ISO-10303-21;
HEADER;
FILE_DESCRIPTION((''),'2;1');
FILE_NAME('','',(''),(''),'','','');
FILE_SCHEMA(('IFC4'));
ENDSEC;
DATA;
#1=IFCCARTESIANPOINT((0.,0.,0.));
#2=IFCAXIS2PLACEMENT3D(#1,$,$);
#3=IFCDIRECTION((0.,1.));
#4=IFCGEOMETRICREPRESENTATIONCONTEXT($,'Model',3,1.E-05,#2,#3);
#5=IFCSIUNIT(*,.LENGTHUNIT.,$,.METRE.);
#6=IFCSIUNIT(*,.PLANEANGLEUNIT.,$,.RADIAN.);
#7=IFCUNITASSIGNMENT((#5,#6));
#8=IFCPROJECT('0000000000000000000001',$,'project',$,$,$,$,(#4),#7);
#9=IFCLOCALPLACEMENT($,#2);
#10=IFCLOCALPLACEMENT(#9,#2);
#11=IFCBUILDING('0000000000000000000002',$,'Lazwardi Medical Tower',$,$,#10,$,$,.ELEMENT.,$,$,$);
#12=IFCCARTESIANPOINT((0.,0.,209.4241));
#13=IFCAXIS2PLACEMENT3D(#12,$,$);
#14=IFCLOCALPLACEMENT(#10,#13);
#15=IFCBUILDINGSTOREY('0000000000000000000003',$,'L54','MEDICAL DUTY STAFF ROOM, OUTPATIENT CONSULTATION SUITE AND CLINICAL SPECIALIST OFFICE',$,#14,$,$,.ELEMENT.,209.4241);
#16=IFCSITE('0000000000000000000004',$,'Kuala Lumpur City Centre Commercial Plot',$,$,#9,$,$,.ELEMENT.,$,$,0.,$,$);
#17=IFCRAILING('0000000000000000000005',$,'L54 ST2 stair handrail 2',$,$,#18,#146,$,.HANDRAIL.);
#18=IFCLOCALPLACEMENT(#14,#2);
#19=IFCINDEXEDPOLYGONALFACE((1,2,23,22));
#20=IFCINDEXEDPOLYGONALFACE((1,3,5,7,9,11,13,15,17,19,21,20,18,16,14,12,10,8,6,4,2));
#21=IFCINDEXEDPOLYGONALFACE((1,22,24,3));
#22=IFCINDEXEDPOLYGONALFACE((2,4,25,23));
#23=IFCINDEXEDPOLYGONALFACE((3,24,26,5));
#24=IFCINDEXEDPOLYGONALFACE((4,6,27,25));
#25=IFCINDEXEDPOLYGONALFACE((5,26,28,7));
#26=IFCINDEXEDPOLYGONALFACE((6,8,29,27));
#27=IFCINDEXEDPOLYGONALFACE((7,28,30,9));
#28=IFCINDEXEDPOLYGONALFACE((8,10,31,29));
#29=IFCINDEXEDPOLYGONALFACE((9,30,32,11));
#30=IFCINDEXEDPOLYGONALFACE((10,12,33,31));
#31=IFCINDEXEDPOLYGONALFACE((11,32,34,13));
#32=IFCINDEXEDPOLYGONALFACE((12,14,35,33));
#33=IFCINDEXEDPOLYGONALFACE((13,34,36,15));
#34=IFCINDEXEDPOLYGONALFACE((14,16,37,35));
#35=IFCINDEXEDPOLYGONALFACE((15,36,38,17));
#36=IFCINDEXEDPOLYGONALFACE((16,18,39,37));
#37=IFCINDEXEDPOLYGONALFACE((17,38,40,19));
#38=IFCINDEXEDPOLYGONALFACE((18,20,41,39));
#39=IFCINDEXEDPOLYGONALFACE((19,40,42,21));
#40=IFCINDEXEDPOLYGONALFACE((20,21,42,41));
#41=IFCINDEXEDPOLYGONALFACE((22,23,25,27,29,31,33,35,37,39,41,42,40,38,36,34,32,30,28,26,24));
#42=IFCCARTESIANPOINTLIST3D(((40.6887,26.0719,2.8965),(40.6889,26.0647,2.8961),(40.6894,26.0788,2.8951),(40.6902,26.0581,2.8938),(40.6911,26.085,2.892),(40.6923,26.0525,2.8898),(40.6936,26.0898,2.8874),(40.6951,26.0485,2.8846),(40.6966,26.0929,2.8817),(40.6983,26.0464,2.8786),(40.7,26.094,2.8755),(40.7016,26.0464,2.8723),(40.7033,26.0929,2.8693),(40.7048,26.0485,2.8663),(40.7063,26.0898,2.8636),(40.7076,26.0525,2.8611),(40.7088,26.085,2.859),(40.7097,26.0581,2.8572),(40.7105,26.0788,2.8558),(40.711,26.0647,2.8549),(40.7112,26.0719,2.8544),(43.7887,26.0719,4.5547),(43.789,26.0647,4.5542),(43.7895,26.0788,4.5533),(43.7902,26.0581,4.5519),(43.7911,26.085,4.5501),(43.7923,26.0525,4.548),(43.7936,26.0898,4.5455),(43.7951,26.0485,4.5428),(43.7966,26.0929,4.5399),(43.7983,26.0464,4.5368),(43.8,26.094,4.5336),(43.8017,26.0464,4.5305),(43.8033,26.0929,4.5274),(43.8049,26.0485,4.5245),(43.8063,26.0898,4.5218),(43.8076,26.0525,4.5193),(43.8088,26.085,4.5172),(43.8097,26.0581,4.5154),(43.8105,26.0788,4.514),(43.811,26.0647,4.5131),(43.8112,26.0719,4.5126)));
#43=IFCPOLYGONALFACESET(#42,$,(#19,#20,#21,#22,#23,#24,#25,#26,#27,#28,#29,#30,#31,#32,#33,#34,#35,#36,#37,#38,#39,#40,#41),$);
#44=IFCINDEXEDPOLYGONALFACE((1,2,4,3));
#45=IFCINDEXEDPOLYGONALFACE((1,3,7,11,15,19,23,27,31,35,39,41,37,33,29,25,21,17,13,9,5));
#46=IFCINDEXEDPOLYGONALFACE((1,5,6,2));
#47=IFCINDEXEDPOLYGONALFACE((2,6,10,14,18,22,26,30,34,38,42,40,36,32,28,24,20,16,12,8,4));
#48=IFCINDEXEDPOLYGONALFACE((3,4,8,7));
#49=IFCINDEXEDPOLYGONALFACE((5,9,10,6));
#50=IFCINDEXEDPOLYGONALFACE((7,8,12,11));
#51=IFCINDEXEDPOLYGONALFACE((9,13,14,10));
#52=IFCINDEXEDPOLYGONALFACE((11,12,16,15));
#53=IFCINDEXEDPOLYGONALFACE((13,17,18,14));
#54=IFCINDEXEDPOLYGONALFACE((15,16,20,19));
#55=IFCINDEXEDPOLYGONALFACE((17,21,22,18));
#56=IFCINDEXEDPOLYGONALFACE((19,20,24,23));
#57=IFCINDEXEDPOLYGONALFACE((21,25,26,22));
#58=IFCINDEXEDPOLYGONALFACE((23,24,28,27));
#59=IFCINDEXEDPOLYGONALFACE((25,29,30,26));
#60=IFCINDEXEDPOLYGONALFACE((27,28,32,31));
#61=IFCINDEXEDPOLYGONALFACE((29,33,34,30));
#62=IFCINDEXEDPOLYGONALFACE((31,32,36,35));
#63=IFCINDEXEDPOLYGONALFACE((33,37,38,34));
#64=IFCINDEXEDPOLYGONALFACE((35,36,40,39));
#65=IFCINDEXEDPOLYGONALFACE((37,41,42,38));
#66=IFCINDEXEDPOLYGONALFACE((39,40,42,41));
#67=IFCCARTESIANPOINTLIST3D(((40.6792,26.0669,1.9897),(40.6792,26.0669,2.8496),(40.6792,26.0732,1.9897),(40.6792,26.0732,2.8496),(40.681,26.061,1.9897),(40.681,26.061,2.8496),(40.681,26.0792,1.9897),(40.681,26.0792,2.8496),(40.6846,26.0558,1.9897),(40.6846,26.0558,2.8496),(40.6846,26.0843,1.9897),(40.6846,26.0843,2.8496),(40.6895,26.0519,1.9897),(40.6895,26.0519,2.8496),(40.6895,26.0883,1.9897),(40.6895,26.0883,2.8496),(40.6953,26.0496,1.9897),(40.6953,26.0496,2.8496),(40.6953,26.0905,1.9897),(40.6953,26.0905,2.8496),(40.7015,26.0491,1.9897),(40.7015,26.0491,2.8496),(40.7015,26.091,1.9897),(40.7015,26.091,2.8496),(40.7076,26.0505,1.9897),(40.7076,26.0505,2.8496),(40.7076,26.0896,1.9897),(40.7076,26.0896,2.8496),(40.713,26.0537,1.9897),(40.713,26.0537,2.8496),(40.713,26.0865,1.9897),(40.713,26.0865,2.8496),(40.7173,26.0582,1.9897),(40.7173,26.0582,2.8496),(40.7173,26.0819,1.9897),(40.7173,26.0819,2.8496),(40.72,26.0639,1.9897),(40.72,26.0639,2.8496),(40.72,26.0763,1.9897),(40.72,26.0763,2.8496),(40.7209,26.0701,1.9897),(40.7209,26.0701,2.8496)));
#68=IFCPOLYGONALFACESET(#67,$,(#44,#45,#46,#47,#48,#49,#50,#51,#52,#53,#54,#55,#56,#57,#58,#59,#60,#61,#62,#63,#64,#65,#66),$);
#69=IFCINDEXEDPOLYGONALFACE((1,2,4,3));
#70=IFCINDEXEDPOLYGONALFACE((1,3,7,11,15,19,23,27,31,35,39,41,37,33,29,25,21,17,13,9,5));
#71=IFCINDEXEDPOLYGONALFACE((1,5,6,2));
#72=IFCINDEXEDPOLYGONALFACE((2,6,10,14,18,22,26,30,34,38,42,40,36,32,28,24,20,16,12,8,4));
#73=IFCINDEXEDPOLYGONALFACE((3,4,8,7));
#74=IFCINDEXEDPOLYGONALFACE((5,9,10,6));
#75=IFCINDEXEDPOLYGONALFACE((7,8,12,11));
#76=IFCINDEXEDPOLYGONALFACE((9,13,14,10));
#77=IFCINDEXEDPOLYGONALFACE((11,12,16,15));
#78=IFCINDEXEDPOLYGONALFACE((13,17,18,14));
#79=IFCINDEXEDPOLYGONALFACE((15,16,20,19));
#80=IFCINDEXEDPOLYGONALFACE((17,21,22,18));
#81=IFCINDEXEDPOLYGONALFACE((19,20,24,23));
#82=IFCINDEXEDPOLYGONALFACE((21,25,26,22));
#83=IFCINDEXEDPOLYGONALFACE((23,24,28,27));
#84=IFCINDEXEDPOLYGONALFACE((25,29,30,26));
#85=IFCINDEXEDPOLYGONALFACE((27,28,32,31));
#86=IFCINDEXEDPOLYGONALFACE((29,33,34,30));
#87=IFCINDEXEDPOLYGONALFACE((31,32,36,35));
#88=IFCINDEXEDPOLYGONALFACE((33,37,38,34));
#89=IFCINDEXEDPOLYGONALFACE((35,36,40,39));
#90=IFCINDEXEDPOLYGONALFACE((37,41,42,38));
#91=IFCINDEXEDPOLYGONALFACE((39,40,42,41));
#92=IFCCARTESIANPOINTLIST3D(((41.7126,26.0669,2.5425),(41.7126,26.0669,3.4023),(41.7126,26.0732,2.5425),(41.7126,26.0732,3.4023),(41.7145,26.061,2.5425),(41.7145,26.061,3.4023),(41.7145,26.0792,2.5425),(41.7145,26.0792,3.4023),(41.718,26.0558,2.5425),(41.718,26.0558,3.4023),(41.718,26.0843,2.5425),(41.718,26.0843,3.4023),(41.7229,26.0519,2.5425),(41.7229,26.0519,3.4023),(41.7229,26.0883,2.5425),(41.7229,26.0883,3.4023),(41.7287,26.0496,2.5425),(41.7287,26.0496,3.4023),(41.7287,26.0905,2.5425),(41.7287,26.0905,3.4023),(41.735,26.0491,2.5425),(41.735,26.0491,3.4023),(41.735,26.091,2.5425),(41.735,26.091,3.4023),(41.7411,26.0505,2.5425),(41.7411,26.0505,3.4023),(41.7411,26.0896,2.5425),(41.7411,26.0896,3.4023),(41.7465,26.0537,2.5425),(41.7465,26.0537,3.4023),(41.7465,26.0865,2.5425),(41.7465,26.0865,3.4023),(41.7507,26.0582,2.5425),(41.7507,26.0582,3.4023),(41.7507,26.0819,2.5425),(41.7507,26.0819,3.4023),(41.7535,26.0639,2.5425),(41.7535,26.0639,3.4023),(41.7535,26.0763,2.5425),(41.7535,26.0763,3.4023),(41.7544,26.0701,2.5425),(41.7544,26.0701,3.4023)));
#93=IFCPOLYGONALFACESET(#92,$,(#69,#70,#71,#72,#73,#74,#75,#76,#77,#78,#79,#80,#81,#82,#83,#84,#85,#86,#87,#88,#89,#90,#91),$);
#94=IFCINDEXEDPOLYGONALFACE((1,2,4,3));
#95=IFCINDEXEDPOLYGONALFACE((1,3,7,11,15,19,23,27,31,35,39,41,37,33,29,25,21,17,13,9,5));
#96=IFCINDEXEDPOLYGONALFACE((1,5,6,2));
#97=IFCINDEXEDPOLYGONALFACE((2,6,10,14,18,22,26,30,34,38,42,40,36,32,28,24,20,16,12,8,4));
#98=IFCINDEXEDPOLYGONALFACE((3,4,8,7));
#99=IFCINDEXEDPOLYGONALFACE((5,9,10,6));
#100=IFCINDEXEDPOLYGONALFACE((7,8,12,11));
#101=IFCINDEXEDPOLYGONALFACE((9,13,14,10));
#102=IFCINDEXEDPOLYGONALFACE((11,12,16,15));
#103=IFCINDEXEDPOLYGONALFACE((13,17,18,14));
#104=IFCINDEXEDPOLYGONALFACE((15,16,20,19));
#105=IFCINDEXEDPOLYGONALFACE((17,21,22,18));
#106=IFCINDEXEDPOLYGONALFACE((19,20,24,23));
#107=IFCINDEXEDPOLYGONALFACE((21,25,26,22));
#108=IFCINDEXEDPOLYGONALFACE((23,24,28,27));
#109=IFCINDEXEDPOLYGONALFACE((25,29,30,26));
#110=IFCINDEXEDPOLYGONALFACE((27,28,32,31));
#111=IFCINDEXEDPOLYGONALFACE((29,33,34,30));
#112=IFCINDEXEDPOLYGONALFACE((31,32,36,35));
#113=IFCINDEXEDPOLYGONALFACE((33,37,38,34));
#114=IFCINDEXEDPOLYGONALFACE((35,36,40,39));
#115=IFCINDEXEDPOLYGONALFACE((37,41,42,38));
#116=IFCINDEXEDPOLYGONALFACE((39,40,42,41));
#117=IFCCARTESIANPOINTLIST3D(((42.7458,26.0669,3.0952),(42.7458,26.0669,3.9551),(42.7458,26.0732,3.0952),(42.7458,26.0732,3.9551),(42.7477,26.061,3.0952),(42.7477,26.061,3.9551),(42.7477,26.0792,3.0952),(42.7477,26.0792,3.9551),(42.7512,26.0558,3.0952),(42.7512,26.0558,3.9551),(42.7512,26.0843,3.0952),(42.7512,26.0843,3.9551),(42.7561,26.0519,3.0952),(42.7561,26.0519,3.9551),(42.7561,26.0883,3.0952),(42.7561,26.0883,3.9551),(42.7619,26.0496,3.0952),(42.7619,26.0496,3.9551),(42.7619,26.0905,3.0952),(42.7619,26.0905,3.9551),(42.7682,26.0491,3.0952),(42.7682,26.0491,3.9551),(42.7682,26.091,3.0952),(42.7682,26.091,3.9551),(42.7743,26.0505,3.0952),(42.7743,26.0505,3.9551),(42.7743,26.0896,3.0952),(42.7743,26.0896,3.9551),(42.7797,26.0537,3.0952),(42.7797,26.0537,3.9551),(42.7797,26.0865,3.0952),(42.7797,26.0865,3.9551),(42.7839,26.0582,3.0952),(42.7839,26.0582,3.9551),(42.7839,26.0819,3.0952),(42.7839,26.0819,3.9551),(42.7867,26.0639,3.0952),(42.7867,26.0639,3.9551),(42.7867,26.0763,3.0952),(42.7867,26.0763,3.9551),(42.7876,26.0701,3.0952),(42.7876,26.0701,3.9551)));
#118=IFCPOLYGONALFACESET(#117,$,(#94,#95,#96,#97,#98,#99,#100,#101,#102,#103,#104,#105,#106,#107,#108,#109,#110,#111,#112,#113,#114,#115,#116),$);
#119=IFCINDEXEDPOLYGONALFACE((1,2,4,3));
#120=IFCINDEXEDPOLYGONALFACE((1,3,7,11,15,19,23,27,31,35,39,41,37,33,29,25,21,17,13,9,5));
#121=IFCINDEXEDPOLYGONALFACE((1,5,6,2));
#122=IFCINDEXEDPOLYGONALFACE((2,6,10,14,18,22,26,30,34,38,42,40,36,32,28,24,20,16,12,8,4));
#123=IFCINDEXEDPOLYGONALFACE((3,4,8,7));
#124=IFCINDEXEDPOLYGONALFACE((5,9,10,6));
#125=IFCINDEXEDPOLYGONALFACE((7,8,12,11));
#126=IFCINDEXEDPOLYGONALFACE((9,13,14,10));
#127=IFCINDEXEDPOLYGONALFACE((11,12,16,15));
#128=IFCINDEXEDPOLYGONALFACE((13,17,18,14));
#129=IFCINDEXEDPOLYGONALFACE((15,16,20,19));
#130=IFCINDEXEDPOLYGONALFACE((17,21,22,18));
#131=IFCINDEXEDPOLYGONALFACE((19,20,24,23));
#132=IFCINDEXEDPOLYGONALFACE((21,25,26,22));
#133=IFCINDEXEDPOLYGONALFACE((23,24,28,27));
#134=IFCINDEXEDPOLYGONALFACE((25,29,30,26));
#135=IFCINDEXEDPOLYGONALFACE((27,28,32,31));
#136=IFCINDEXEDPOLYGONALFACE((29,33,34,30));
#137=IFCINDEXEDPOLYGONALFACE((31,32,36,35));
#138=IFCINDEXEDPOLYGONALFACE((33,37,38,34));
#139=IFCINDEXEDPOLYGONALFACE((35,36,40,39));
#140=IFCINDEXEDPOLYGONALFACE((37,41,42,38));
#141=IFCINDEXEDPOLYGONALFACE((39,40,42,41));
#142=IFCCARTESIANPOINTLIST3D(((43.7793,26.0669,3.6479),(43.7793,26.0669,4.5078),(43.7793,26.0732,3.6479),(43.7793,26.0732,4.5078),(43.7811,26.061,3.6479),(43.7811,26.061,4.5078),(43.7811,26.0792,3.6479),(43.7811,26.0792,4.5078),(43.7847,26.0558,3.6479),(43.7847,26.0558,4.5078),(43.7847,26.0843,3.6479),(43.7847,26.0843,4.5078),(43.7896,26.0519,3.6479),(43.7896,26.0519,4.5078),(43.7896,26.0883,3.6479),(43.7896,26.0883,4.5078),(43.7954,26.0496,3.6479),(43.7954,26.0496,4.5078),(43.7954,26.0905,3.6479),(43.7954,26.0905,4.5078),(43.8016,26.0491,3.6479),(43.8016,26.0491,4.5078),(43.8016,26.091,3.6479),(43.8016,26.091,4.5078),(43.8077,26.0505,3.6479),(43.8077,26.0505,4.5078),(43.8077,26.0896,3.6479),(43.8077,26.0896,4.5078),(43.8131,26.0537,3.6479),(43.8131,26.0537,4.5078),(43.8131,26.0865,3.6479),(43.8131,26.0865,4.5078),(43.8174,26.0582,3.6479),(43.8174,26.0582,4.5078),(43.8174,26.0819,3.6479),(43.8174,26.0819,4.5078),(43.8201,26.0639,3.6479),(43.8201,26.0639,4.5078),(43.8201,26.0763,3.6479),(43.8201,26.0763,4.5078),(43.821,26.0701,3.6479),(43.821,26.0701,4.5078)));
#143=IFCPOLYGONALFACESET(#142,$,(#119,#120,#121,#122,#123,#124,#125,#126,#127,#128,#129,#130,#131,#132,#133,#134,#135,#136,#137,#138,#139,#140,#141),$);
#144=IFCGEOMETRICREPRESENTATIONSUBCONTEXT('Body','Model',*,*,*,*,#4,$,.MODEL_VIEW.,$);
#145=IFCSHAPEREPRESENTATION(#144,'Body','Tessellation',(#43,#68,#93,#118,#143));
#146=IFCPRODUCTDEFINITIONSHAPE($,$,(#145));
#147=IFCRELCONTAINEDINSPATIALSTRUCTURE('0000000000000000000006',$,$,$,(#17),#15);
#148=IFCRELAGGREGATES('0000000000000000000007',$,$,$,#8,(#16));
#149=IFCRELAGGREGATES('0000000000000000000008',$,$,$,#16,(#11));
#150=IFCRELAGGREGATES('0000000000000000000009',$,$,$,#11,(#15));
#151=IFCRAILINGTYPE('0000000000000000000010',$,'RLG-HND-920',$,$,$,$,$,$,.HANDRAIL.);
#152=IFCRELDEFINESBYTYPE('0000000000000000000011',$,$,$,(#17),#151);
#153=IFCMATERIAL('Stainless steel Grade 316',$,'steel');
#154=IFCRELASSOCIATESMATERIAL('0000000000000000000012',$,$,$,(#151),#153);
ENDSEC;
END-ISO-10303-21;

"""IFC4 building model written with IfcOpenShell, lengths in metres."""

from ifc_helpers import new_model, si_unit, direction, frame, origin, origin_2d, place, context, subcontext, project, spatial, circle, extrude, material, type_object, element, save


model = new_model("IFC4")

# Units and contexts
model_context = context("Model", 3, precision=1e-05, world=origin(), true_north=direction((0.0, 1.0)))
body_context = subcontext(model_context, "Body", "Model", "MODEL_VIEW")
ifc_project = project(units=[si_unit("LENGTHUNIT", "METRE"), si_unit("PLANEANGLEUNIT", "RADIAN")], contexts=[model_context])

# Site, building, storey
site_placement = place(None, origin())
site = spatial("IfcSite", under=ifc_project, at=site_placement, Name="Kuala Lumpur City Centre Commercial Plot", CompositionType="ELEMENT", RefElevation=0.0)
building_placement = place(site_placement, origin())
building = spatial("IfcBuilding", under=site, at=building_placement, Name="Lazwardi Medical Tower", CompositionType="ELEMENT")
storey_placement = place(building_placement, frame((0.0, 0.0, 209.4241)))
storey = spatial("IfcBuildingStorey", under=building, at=storey_placement, Name="L54", Description="MEDICAL DUTY STAFF ROOM, OUTPATIENT CONSULTATION SUITE AND CLINICAL SPECIALIST OFFICE", CompositionType="ELEMENT", Elevation=209.4241)

# Railing
ifc_material_1 = material(Name="Stainless steel Grade 316", Category="steel")
railing_type_1 = type_object("IfcRailingType", Name="RLG-HND-920", PredefinedType="HANDRAIL", material=ifc_material_1)
railing_1_placement = place(storey_placement, frame((40.7, 26.0701, 1.9897)))
element("IfcRailing", 1, at=railing_1_placement, inside=storey, type_object=railing_type_1, Name="L54 ST2 stair handrail 2", PredefinedType="HANDRAIL", context=body_context, shape_type="SweptSolid", body=[
    extrude(circle(Radius=0.0239, at=origin_2d()), frame((0.0, 0.0, 0.8857), z_axis=(0.881783, 0.0, 0.471655), x_axis=(0.0, 1.0, 0.0)), (0.0, 0.0, 1.0), 3.5156),
    extrude(circle(Radius=0.021, at=origin_2d()), origin(), (0.0, 0.0, 1.0), 0.8599),
    extrude(circle(Radius=0.021, at=origin_2d()), frame((1.0334, 0.0, 0.5527)), (0.0, 0.0, 1.0), 0.8599),
    extrude(circle(Radius=0.021, at=origin_2d()), frame((2.0667, 0.0, 1.1055)), (0.0, 0.0, 1.0), 0.8599),
    extrude(circle(Radius=0.021, at=origin_2d()), frame((3.1001, 0.0, 1.6582)), (0.0, 0.0, 1.0), 0.8599),
])

save(model, "model.ifc")
